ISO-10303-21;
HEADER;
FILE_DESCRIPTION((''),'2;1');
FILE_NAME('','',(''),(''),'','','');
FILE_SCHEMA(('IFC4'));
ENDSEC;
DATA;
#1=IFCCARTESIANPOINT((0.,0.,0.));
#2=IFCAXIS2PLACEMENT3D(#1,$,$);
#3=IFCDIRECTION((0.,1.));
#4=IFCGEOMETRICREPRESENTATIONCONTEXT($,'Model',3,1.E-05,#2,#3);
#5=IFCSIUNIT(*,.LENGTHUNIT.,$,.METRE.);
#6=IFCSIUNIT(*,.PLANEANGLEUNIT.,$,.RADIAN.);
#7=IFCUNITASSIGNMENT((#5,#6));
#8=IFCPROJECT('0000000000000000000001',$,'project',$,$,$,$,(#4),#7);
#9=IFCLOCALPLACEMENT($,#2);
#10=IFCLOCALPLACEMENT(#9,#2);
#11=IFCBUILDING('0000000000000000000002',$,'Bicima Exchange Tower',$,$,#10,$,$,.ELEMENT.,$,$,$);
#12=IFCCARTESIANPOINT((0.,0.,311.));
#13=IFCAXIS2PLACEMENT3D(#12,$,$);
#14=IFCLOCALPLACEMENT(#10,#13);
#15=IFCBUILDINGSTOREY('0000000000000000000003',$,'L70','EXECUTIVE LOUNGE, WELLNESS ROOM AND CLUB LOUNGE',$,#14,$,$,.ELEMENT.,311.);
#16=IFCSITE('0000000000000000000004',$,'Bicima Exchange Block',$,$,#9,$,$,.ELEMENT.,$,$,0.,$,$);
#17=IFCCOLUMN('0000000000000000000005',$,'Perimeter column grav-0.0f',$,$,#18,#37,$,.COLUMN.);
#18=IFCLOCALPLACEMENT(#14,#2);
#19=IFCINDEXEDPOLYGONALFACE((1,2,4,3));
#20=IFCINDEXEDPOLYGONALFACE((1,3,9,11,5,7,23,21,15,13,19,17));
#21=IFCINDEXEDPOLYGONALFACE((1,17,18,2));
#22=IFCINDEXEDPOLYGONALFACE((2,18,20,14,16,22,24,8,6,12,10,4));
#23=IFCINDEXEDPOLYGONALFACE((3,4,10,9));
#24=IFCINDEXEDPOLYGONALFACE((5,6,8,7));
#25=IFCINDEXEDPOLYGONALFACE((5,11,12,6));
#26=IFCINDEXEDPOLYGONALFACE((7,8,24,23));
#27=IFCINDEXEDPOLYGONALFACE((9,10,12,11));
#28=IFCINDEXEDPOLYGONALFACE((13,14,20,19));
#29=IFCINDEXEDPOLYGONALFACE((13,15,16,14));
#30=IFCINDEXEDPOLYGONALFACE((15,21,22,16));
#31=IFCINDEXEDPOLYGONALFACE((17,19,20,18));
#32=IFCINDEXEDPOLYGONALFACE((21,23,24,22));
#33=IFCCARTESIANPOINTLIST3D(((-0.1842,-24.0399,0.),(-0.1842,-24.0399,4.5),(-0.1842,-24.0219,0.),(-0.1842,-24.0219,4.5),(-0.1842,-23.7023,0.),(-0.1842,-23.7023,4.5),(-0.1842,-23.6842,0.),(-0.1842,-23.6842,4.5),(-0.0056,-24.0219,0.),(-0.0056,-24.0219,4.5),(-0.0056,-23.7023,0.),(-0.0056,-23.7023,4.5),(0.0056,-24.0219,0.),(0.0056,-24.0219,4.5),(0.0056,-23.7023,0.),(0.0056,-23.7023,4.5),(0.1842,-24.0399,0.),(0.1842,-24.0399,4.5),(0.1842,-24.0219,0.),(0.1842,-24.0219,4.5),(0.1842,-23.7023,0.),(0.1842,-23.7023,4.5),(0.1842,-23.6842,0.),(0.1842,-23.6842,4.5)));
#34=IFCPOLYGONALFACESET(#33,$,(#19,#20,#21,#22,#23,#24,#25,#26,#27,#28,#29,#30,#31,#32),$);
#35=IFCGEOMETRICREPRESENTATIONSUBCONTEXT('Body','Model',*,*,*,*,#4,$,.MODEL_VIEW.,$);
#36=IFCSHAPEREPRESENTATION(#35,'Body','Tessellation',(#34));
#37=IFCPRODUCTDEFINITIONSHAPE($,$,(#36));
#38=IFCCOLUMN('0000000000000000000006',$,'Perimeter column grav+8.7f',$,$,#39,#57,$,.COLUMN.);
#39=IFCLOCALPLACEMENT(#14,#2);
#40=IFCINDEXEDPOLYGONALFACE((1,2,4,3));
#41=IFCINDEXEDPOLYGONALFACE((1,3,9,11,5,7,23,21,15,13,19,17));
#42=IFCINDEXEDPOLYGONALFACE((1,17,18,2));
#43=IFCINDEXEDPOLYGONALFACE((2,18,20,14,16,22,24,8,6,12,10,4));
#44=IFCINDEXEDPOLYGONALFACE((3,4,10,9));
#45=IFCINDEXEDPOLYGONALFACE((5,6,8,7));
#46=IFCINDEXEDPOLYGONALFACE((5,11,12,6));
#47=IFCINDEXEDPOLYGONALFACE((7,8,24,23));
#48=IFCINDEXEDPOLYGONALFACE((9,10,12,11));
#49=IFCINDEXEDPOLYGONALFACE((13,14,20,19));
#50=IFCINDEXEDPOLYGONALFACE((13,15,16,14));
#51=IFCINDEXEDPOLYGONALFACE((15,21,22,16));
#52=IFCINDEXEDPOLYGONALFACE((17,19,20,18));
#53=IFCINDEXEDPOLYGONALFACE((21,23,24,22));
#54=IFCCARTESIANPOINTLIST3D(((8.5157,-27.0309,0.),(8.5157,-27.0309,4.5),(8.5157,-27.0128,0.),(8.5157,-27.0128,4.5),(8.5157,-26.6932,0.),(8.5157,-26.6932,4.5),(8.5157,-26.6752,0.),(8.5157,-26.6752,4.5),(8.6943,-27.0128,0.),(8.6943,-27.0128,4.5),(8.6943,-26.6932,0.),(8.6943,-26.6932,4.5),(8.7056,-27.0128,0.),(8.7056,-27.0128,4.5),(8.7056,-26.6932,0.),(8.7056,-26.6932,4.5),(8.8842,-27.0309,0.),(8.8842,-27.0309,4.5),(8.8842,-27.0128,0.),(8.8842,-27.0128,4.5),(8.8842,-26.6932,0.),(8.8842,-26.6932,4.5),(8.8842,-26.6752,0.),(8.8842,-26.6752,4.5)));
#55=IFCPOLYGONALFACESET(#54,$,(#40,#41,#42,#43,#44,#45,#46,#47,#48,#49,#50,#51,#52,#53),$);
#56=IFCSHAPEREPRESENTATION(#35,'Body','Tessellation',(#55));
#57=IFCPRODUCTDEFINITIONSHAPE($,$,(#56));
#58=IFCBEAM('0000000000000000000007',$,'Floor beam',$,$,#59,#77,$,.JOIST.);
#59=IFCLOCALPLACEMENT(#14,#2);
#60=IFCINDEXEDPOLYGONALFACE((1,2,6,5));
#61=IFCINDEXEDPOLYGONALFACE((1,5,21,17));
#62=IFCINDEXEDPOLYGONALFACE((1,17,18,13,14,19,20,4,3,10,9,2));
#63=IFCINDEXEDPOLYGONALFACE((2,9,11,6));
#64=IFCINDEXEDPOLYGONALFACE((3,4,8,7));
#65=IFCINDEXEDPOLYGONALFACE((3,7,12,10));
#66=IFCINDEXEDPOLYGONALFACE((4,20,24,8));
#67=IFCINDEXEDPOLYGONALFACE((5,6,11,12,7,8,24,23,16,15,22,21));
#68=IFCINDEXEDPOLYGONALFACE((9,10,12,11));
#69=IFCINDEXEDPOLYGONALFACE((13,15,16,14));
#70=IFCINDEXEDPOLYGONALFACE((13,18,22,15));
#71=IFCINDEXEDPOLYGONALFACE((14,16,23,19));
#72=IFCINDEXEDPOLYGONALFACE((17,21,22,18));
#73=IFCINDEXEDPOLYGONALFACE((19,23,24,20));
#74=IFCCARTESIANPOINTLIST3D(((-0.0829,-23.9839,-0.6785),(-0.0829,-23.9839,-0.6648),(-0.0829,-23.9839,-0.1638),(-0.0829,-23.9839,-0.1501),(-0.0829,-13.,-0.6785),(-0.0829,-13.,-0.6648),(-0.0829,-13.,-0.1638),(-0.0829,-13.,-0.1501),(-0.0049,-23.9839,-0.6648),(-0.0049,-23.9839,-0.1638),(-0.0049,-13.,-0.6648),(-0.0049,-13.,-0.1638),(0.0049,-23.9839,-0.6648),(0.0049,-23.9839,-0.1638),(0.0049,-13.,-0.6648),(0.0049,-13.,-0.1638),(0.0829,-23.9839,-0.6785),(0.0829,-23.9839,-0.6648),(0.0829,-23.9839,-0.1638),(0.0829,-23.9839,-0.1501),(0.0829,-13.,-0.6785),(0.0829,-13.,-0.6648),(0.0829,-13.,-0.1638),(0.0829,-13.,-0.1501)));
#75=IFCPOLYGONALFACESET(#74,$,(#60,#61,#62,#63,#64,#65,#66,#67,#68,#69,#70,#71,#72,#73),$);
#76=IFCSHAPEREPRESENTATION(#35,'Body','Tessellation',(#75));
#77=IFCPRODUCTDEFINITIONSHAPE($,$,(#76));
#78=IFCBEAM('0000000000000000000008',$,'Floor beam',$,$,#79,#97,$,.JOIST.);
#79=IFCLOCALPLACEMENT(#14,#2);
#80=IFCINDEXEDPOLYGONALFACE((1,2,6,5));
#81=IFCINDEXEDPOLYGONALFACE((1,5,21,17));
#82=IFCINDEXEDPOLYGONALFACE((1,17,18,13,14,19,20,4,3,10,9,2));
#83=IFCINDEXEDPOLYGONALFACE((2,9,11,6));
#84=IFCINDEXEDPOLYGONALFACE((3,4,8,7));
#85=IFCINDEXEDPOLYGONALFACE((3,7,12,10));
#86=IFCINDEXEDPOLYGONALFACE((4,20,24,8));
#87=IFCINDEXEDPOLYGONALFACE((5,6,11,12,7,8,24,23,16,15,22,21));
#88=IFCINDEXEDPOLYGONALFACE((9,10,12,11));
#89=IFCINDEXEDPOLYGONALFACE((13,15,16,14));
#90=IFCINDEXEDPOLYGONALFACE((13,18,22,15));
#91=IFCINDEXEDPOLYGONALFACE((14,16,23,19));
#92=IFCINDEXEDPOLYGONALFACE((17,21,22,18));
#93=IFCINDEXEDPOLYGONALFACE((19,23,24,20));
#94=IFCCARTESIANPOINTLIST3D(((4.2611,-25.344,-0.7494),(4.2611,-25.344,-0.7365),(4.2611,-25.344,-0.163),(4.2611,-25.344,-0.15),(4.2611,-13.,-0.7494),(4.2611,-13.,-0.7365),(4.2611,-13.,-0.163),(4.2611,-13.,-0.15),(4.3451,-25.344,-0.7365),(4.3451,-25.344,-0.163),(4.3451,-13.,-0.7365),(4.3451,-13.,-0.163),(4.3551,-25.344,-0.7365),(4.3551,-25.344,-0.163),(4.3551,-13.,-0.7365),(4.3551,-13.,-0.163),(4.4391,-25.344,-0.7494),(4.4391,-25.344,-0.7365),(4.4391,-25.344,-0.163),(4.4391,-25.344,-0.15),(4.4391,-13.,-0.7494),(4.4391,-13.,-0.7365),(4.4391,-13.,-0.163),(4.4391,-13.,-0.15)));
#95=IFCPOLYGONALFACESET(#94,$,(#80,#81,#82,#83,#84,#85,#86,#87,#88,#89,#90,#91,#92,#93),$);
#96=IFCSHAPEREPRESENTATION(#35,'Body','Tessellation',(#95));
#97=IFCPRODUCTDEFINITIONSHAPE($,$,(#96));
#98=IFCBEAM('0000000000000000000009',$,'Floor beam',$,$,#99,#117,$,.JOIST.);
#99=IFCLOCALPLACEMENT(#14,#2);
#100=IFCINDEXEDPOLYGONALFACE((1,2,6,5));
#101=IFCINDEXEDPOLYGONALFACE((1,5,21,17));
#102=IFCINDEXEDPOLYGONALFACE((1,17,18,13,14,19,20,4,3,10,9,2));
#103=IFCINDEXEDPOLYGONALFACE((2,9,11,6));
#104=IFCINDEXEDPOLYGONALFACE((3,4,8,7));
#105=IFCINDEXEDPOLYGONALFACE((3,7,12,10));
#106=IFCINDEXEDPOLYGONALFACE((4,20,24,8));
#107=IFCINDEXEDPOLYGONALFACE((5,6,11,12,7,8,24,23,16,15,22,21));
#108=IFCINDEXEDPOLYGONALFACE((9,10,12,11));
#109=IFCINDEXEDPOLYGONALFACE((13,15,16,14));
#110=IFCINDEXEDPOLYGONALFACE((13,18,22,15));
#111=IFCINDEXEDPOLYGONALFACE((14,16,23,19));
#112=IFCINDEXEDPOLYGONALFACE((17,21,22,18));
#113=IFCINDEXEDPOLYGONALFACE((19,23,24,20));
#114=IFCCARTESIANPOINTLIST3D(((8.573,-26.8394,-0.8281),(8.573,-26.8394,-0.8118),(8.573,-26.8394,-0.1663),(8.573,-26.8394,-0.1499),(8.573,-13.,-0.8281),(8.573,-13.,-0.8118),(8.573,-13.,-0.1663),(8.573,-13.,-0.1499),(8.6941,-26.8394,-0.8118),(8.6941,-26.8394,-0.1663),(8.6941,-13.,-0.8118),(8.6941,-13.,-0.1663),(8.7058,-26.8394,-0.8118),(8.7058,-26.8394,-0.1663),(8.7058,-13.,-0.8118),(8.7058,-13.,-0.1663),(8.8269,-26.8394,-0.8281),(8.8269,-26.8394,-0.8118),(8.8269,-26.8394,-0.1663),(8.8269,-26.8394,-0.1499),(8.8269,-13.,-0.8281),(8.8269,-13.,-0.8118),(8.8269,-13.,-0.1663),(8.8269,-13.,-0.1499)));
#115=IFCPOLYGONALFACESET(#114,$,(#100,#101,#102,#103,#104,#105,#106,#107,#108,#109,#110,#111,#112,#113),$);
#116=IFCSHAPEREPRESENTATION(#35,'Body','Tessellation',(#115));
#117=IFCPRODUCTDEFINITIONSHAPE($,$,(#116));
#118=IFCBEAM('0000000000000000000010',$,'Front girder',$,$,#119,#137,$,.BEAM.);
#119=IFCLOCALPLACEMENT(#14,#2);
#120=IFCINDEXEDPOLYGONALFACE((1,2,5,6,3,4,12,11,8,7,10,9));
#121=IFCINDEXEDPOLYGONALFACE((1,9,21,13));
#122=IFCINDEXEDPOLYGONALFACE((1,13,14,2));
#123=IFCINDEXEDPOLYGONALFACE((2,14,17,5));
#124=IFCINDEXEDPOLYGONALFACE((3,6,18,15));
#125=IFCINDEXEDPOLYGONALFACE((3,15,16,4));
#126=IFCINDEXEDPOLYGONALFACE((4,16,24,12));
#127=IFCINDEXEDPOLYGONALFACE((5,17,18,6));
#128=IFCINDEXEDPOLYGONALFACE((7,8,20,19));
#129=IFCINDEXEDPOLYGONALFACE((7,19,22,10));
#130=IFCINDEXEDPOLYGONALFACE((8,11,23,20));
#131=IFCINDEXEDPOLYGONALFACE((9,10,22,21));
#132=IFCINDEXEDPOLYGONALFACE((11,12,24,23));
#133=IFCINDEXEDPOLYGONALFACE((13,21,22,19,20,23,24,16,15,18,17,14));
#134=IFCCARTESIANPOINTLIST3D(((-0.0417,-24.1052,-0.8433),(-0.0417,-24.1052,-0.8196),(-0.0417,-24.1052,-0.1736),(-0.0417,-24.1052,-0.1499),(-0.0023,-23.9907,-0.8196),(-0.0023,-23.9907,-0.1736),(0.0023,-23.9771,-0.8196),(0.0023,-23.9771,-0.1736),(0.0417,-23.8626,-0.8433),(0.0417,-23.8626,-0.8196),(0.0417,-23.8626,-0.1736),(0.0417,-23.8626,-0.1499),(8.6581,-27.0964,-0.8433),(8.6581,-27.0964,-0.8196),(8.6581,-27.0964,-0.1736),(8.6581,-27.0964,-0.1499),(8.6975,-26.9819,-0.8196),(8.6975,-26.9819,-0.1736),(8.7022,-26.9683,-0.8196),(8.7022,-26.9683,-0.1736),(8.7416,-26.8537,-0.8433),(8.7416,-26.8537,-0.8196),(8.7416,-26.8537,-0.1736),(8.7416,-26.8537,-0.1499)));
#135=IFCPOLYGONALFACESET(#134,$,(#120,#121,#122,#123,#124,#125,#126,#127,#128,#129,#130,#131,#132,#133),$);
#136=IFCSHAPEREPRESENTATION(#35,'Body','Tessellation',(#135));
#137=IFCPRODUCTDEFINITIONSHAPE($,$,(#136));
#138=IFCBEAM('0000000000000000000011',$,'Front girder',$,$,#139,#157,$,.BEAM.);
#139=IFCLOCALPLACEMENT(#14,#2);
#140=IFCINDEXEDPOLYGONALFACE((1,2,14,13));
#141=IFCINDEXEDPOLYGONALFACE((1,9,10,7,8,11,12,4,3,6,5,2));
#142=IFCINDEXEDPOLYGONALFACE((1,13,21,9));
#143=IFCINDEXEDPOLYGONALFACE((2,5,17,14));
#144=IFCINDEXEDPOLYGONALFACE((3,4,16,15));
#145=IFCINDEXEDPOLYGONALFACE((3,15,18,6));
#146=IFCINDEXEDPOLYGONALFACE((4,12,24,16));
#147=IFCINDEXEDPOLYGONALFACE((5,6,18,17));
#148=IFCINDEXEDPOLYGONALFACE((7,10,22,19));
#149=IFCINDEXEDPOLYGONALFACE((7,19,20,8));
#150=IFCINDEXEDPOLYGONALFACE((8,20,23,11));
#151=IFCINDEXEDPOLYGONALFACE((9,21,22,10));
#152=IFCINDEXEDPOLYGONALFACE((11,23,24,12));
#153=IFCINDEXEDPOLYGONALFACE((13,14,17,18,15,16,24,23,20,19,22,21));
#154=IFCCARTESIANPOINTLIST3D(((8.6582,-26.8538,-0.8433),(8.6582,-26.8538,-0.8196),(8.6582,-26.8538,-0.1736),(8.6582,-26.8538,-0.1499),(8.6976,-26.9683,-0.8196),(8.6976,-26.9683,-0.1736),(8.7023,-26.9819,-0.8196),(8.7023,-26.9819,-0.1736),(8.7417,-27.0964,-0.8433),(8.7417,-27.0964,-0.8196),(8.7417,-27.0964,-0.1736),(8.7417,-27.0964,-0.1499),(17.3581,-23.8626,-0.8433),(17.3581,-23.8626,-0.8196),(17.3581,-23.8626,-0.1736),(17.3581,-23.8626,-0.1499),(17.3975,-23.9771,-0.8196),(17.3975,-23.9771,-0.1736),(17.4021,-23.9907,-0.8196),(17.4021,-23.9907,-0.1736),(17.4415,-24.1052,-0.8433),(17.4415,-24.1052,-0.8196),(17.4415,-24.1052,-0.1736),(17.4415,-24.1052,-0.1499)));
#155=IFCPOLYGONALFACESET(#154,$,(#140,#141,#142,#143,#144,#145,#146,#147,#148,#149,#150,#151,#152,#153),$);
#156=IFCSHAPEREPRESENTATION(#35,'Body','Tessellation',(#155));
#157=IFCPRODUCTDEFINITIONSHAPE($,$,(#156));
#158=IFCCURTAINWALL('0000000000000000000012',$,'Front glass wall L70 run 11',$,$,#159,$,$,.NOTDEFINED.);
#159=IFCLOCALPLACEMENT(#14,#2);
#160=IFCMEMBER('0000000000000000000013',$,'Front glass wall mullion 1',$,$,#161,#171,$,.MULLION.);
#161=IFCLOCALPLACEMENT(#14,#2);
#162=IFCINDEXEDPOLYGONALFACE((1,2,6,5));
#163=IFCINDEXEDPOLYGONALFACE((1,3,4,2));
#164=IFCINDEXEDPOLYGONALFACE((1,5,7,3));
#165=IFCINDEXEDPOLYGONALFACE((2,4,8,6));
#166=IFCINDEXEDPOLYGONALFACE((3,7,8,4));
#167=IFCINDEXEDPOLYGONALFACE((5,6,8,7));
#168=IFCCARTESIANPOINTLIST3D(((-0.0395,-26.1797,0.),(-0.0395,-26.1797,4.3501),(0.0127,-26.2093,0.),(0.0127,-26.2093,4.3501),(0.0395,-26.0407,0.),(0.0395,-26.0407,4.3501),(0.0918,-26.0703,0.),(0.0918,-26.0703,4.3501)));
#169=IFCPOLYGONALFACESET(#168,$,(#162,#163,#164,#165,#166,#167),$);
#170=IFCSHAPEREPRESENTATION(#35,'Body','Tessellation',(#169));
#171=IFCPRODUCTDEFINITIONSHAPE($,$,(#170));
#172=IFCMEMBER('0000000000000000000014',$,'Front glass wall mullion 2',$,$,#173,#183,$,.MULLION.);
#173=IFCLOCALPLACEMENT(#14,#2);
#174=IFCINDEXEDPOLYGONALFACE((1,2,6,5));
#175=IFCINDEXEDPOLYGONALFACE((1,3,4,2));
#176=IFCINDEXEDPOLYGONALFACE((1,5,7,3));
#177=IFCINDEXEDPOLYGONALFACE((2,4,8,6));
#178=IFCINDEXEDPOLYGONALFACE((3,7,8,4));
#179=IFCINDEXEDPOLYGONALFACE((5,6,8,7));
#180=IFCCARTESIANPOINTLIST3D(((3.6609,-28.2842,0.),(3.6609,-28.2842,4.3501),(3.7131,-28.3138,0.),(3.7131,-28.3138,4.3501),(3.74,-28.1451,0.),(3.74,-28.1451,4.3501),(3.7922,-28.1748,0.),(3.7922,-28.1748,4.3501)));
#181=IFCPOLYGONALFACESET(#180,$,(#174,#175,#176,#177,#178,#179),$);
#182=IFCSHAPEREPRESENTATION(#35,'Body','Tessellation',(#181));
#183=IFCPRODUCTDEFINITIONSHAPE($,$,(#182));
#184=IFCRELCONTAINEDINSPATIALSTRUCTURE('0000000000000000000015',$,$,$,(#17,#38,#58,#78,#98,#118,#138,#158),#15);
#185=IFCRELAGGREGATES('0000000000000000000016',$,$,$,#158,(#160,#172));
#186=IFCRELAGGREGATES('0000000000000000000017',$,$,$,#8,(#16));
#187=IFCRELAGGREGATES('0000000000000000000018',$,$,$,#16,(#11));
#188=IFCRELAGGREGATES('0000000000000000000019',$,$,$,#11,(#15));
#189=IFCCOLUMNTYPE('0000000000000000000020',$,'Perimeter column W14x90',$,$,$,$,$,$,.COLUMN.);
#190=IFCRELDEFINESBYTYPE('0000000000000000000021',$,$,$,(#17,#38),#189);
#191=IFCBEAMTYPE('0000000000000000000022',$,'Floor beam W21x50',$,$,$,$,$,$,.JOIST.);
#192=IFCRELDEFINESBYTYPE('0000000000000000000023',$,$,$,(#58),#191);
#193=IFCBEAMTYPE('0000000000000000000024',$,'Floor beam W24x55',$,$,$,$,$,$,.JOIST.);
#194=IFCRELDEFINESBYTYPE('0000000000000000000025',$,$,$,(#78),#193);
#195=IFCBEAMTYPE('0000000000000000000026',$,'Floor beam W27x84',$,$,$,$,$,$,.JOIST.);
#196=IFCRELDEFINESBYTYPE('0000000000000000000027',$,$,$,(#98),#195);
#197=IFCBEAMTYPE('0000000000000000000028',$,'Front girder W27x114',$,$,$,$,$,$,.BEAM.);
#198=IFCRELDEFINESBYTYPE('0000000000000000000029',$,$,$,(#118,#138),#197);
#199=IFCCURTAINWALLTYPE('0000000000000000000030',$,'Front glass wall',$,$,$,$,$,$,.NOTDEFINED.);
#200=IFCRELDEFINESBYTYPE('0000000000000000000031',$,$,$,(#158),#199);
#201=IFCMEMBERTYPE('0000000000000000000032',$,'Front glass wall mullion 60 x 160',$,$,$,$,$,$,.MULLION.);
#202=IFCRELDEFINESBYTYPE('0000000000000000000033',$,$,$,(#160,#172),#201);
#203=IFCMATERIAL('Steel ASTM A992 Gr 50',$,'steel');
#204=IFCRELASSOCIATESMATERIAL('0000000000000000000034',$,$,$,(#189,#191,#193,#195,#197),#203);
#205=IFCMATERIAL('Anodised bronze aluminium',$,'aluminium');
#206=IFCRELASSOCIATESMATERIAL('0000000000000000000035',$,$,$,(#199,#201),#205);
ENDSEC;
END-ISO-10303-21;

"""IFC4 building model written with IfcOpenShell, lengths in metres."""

from ifc_helpers import new_model, si_unit, direction, frame, origin, origin_2d, place, context, subcontext, project, spatial, rectangle, i_section, extrude, material, material_profile, profile_set, type_object, element, aggregate, save


model = new_model("IFC4")

# Units and contexts
model_context = context("Model", 3, precision=1e-05, world=origin(), true_north=direction((0.0, 1.0)))
body_context = subcontext(model_context, "Body", "Model", "MODEL_VIEW")
ifc_project = project(units=[si_unit("LENGTHUNIT", "METRE"), si_unit("PLANEANGLEUNIT", "RADIAN")], contexts=[model_context])

# Site, building, storey
site_placement = place(None, origin())
site = spatial("IfcSite", under=ifc_project, at=site_placement, Name="Bicima Exchange Block", CompositionType="ELEMENT", RefElevation=0.0)
building_placement = place(site_placement, origin())
building = spatial("IfcBuilding", under=site, at=building_placement, Name="Bicima Exchange Tower", CompositionType="ELEMENT")
storey_placement = place(building_placement, frame((0.0, 0.0, 311.0)))
storey = spatial("IfcBuildingStorey", under=building, at=storey_placement, Name="L70", Description="EXECUTIVE LOUNGE, WELLNESS ROOM AND CLUB LOUNGE", CompositionType="ELEMENT", Elevation=311.0)

# Columns
ifc_material_1 = material(Name="Steel ASTM A992 Gr 50", Category="steel")
ifc_material_profile_1 = material_profile(ifc_material_1, i_section(OverallWidth=0.3684, OverallDepth=0.3557, WebThickness=0.0112, FlangeThickness=0.0181, at=origin_2d()))
ifc_profile_set_1 = profile_set([ifc_material_profile_1], Name="Steel ASTM A992 Gr 50")
column_type = type_object("IfcColumnType", Name="Perimeter column W14x90", PredefinedType="COLUMN", material=ifc_profile_set_1)
for number, where, z_axis, x_axis, name in (
    (1, (0.0, -23.8621, 0.0), (0.0, 0.0, 1.0), (1.0, 0.0, 0.0), "Perimeter column grav-0.0f"),
    (2, (8.7, -26.853, 0.0), (0.0, 0.0, 1.0), (1.0, 0.0, 0.0), "Perimeter column grav+8.7f"),
):
    element("IfcColumn", number, at=place(storey_placement, frame(where, z_axis=z_axis, x_axis=x_axis)), inside=storey, type_object=column_type, Name=name, PredefinedType="COLUMN", context=body_context, shape_type="SweptSolid", body=[
        extrude(i_section(OverallWidth=0.3684, OverallDepth=0.3557, WebThickness=0.0112, FlangeThickness=0.0181, at=origin_2d()), origin(), (0.0, 0.0, 1.0), 4.5),
    ])

# Beams
ifc_material_profile_2 = material_profile(ifc_material_1, i_section(OverallWidth=0.1658, OverallDepth=0.5283, WebThickness=0.0098, FlangeThickness=0.0137, at=origin_2d()))
ifc_profile_set_2 = profile_set([ifc_material_profile_2], Name="Steel ASTM A992 Gr 50")
beam_type_1 = type_object("IfcBeamType", Name="Floor beam W21x50", PredefinedType="JOIST", material=ifc_profile_set_2)
beam_1_placement = place(storey_placement, frame((0.0, -13.0, -0.4143), z_axis=(0.0, -1.0, 0.0), x_axis=(1.0, 0.0, 0.0)))
element("IfcBeam", 3, at=beam_1_placement, inside=storey, type_object=beam_type_1, Name="Floor beam", PredefinedType="JOIST", context=body_context, shape_type="SweptSolid", body=[
    extrude(i_section(OverallWidth=0.1658, OverallDepth=0.5283, WebThickness=0.0098, FlangeThickness=0.0137, at=origin_2d()), origin(), (0.0, 0.0, 1.0), 10.9839),
])
ifc_material_profile_3 = material_profile(ifc_material_1, i_section(OverallWidth=0.178, OverallDepth=0.5994, WebThickness=0.01, FlangeThickness=0.0129, at=origin_2d()))
ifc_profile_set_3 = profile_set([ifc_material_profile_3], Name="Steel ASTM A992 Gr 50")
beam_type_2 = type_object("IfcBeamType", Name="Floor beam W24x55", PredefinedType="JOIST", material=ifc_profile_set_3)
beam_2_placement = place(storey_placement, frame((4.3501, -13.0, -0.4497), z_axis=(0.0, -1.0, 0.0), x_axis=(1.0, 0.0, 0.0)))
element("IfcBeam", 4, at=beam_2_placement, inside=storey, type_object=beam_type_2, Name="Floor beam", PredefinedType="JOIST", context=body_context, shape_type="SweptSolid", body=[
    extrude(i_section(OverallWidth=0.178, OverallDepth=0.5994, WebThickness=0.01, FlangeThickness=0.0129, at=origin_2d()), origin(), (0.0, 0.0, 1.0), 12.344),
])
ifc_material_profile_4 = material_profile(ifc_material_1, i_section(OverallWidth=0.2539, OverallDepth=0.6782, WebThickness=0.0117, FlangeThickness=0.0164, at=origin_2d()))
ifc_profile_set_4 = profile_set([ifc_material_profile_4], Name="Steel ASTM A992 Gr 50")
beam_type_3 = type_object("IfcBeamType", Name="Floor beam W27x84", PredefinedType="JOIST", material=ifc_profile_set_4)
beam_3_placement = place(storey_placement, frame((8.7, -13.0, -0.489), z_axis=(0.0, -1.0, 0.0), x_axis=(1.0, 0.0, 0.0)))
element("IfcBeam", 5, at=beam_3_placement, inside=storey, type_object=beam_type_3, Name="Floor beam", PredefinedType="JOIST", context=body_context, shape_type="SweptSolid", body=[
    extrude(i_section(OverallWidth=0.2539, OverallDepth=0.6782, WebThickness=0.0117, FlangeThickness=0.0164, at=origin_2d()), origin(), (0.0, 0.0, 1.0), 13.8394),
])
ifc_material_profile_5 = material_profile(ifc_material_1, i_section(OverallWidth=0.2566, OverallDepth=0.6934, WebThickness=0.0144, FlangeThickness=0.0237, at=origin_2d()))
ifc_profile_set_5 = profile_set([ifc_material_profile_5], Name="Steel ASTM A992 Gr 50")
beam_type_4 = type_object("IfcBeamType", Name="Front girder W27x114", PredefinedType="BEAM", material=ifc_profile_set_5)
for number, where, z_axis, x_axis, name in (
    (6, (0.0, -23.9839, -0.4966), (0.945666, -0.325138, 0.0), (0.325138, 0.945666, 0.0), "Front girder"),
    (7, (8.7, -26.9751, -0.4966), (0.945666, 0.325138, 0.0), (-0.325138, 0.945666, 0.0), "Front girder"),
):
    element("IfcBeam", number, at=place(storey_placement, frame(where, z_axis=z_axis, x_axis=x_axis)), inside=storey, type_object=beam_type_4, Name=name, PredefinedType="BEAM", context=body_context, shape_type="SweptSolid", body=[
        extrude(i_section(OverallWidth=0.2566, OverallDepth=0.6934, WebThickness=0.0144, FlangeThickness=0.0237, at=origin_2d()), origin(), (0.0, 0.0, 1.0), 9.1997),
    ])

# Curtain wall, members
ifc_material_2 = material(Name="Anodised bronze aluminium", Category="aluminium")
curtain_wall_type = type_object("IfcCurtainWallType", Name="Front glass wall", PredefinedType="NOTDEFINED", material=ifc_material_2)
curtain_wall_placement = place(storey_placement, origin())
curtain_wall = element("IfcCurtainWall", 8, at=curtain_wall_placement, inside=storey, type_object=curtain_wall_type, Name="Front glass wall L70 run 11", PredefinedType="NOTDEFINED")
ifc_material_profile_6 = material_profile(ifc_material_2, rectangle(XDim=0.1599, YDim=0.0601, at=origin_2d()))
ifc_profile_set_6 = profile_set([ifc_material_profile_6], Name="Anodised bronze aluminium")
member_type_1 = type_object("IfcMemberType", Name="Front glass wall mullion 60 x 160", PredefinedType="MULLION", material=ifc_profile_set_6)
member_1_placement = place(storey_placement, frame((0.0261, -26.125, 0.0), z_axis=(0.0, 0.0, 1.0), x_axis=(0.49433, 0.869274, 0.0)))
member_1 = element("IfcMember", 9, at=member_1_placement, type_object=member_type_1, Name="Front glass wall mullion 1", PredefinedType="MULLION", context=body_context, shape_type="SweptSolid", body=[
    extrude(rectangle(XDim=0.1599, YDim=0.0601, at=origin_2d()), origin(), (0.0, 0.0, 1.0), 4.3501),
])
member_2_placement = place(storey_placement, frame((3.7266, -28.2295, 0.0), z_axis=(0.0, 0.0, 1.0), x_axis=(0.49433, 0.869274, 0.0)))
member_2 = element("IfcMember", 10, at=member_2_placement, type_object=member_type_1, Name="Front glass wall mullion 2", PredefinedType="MULLION", context=body_context, shape_type="SweptSolid", body=[
    extrude(rectangle(XDim=0.1599, YDim=0.0601, at=origin_2d()), origin(), (0.0, 0.0, 1.0), 4.3501),
])
aggregate(curtain_wall, [member_1, member_2])

save(model, "model.ifc")
